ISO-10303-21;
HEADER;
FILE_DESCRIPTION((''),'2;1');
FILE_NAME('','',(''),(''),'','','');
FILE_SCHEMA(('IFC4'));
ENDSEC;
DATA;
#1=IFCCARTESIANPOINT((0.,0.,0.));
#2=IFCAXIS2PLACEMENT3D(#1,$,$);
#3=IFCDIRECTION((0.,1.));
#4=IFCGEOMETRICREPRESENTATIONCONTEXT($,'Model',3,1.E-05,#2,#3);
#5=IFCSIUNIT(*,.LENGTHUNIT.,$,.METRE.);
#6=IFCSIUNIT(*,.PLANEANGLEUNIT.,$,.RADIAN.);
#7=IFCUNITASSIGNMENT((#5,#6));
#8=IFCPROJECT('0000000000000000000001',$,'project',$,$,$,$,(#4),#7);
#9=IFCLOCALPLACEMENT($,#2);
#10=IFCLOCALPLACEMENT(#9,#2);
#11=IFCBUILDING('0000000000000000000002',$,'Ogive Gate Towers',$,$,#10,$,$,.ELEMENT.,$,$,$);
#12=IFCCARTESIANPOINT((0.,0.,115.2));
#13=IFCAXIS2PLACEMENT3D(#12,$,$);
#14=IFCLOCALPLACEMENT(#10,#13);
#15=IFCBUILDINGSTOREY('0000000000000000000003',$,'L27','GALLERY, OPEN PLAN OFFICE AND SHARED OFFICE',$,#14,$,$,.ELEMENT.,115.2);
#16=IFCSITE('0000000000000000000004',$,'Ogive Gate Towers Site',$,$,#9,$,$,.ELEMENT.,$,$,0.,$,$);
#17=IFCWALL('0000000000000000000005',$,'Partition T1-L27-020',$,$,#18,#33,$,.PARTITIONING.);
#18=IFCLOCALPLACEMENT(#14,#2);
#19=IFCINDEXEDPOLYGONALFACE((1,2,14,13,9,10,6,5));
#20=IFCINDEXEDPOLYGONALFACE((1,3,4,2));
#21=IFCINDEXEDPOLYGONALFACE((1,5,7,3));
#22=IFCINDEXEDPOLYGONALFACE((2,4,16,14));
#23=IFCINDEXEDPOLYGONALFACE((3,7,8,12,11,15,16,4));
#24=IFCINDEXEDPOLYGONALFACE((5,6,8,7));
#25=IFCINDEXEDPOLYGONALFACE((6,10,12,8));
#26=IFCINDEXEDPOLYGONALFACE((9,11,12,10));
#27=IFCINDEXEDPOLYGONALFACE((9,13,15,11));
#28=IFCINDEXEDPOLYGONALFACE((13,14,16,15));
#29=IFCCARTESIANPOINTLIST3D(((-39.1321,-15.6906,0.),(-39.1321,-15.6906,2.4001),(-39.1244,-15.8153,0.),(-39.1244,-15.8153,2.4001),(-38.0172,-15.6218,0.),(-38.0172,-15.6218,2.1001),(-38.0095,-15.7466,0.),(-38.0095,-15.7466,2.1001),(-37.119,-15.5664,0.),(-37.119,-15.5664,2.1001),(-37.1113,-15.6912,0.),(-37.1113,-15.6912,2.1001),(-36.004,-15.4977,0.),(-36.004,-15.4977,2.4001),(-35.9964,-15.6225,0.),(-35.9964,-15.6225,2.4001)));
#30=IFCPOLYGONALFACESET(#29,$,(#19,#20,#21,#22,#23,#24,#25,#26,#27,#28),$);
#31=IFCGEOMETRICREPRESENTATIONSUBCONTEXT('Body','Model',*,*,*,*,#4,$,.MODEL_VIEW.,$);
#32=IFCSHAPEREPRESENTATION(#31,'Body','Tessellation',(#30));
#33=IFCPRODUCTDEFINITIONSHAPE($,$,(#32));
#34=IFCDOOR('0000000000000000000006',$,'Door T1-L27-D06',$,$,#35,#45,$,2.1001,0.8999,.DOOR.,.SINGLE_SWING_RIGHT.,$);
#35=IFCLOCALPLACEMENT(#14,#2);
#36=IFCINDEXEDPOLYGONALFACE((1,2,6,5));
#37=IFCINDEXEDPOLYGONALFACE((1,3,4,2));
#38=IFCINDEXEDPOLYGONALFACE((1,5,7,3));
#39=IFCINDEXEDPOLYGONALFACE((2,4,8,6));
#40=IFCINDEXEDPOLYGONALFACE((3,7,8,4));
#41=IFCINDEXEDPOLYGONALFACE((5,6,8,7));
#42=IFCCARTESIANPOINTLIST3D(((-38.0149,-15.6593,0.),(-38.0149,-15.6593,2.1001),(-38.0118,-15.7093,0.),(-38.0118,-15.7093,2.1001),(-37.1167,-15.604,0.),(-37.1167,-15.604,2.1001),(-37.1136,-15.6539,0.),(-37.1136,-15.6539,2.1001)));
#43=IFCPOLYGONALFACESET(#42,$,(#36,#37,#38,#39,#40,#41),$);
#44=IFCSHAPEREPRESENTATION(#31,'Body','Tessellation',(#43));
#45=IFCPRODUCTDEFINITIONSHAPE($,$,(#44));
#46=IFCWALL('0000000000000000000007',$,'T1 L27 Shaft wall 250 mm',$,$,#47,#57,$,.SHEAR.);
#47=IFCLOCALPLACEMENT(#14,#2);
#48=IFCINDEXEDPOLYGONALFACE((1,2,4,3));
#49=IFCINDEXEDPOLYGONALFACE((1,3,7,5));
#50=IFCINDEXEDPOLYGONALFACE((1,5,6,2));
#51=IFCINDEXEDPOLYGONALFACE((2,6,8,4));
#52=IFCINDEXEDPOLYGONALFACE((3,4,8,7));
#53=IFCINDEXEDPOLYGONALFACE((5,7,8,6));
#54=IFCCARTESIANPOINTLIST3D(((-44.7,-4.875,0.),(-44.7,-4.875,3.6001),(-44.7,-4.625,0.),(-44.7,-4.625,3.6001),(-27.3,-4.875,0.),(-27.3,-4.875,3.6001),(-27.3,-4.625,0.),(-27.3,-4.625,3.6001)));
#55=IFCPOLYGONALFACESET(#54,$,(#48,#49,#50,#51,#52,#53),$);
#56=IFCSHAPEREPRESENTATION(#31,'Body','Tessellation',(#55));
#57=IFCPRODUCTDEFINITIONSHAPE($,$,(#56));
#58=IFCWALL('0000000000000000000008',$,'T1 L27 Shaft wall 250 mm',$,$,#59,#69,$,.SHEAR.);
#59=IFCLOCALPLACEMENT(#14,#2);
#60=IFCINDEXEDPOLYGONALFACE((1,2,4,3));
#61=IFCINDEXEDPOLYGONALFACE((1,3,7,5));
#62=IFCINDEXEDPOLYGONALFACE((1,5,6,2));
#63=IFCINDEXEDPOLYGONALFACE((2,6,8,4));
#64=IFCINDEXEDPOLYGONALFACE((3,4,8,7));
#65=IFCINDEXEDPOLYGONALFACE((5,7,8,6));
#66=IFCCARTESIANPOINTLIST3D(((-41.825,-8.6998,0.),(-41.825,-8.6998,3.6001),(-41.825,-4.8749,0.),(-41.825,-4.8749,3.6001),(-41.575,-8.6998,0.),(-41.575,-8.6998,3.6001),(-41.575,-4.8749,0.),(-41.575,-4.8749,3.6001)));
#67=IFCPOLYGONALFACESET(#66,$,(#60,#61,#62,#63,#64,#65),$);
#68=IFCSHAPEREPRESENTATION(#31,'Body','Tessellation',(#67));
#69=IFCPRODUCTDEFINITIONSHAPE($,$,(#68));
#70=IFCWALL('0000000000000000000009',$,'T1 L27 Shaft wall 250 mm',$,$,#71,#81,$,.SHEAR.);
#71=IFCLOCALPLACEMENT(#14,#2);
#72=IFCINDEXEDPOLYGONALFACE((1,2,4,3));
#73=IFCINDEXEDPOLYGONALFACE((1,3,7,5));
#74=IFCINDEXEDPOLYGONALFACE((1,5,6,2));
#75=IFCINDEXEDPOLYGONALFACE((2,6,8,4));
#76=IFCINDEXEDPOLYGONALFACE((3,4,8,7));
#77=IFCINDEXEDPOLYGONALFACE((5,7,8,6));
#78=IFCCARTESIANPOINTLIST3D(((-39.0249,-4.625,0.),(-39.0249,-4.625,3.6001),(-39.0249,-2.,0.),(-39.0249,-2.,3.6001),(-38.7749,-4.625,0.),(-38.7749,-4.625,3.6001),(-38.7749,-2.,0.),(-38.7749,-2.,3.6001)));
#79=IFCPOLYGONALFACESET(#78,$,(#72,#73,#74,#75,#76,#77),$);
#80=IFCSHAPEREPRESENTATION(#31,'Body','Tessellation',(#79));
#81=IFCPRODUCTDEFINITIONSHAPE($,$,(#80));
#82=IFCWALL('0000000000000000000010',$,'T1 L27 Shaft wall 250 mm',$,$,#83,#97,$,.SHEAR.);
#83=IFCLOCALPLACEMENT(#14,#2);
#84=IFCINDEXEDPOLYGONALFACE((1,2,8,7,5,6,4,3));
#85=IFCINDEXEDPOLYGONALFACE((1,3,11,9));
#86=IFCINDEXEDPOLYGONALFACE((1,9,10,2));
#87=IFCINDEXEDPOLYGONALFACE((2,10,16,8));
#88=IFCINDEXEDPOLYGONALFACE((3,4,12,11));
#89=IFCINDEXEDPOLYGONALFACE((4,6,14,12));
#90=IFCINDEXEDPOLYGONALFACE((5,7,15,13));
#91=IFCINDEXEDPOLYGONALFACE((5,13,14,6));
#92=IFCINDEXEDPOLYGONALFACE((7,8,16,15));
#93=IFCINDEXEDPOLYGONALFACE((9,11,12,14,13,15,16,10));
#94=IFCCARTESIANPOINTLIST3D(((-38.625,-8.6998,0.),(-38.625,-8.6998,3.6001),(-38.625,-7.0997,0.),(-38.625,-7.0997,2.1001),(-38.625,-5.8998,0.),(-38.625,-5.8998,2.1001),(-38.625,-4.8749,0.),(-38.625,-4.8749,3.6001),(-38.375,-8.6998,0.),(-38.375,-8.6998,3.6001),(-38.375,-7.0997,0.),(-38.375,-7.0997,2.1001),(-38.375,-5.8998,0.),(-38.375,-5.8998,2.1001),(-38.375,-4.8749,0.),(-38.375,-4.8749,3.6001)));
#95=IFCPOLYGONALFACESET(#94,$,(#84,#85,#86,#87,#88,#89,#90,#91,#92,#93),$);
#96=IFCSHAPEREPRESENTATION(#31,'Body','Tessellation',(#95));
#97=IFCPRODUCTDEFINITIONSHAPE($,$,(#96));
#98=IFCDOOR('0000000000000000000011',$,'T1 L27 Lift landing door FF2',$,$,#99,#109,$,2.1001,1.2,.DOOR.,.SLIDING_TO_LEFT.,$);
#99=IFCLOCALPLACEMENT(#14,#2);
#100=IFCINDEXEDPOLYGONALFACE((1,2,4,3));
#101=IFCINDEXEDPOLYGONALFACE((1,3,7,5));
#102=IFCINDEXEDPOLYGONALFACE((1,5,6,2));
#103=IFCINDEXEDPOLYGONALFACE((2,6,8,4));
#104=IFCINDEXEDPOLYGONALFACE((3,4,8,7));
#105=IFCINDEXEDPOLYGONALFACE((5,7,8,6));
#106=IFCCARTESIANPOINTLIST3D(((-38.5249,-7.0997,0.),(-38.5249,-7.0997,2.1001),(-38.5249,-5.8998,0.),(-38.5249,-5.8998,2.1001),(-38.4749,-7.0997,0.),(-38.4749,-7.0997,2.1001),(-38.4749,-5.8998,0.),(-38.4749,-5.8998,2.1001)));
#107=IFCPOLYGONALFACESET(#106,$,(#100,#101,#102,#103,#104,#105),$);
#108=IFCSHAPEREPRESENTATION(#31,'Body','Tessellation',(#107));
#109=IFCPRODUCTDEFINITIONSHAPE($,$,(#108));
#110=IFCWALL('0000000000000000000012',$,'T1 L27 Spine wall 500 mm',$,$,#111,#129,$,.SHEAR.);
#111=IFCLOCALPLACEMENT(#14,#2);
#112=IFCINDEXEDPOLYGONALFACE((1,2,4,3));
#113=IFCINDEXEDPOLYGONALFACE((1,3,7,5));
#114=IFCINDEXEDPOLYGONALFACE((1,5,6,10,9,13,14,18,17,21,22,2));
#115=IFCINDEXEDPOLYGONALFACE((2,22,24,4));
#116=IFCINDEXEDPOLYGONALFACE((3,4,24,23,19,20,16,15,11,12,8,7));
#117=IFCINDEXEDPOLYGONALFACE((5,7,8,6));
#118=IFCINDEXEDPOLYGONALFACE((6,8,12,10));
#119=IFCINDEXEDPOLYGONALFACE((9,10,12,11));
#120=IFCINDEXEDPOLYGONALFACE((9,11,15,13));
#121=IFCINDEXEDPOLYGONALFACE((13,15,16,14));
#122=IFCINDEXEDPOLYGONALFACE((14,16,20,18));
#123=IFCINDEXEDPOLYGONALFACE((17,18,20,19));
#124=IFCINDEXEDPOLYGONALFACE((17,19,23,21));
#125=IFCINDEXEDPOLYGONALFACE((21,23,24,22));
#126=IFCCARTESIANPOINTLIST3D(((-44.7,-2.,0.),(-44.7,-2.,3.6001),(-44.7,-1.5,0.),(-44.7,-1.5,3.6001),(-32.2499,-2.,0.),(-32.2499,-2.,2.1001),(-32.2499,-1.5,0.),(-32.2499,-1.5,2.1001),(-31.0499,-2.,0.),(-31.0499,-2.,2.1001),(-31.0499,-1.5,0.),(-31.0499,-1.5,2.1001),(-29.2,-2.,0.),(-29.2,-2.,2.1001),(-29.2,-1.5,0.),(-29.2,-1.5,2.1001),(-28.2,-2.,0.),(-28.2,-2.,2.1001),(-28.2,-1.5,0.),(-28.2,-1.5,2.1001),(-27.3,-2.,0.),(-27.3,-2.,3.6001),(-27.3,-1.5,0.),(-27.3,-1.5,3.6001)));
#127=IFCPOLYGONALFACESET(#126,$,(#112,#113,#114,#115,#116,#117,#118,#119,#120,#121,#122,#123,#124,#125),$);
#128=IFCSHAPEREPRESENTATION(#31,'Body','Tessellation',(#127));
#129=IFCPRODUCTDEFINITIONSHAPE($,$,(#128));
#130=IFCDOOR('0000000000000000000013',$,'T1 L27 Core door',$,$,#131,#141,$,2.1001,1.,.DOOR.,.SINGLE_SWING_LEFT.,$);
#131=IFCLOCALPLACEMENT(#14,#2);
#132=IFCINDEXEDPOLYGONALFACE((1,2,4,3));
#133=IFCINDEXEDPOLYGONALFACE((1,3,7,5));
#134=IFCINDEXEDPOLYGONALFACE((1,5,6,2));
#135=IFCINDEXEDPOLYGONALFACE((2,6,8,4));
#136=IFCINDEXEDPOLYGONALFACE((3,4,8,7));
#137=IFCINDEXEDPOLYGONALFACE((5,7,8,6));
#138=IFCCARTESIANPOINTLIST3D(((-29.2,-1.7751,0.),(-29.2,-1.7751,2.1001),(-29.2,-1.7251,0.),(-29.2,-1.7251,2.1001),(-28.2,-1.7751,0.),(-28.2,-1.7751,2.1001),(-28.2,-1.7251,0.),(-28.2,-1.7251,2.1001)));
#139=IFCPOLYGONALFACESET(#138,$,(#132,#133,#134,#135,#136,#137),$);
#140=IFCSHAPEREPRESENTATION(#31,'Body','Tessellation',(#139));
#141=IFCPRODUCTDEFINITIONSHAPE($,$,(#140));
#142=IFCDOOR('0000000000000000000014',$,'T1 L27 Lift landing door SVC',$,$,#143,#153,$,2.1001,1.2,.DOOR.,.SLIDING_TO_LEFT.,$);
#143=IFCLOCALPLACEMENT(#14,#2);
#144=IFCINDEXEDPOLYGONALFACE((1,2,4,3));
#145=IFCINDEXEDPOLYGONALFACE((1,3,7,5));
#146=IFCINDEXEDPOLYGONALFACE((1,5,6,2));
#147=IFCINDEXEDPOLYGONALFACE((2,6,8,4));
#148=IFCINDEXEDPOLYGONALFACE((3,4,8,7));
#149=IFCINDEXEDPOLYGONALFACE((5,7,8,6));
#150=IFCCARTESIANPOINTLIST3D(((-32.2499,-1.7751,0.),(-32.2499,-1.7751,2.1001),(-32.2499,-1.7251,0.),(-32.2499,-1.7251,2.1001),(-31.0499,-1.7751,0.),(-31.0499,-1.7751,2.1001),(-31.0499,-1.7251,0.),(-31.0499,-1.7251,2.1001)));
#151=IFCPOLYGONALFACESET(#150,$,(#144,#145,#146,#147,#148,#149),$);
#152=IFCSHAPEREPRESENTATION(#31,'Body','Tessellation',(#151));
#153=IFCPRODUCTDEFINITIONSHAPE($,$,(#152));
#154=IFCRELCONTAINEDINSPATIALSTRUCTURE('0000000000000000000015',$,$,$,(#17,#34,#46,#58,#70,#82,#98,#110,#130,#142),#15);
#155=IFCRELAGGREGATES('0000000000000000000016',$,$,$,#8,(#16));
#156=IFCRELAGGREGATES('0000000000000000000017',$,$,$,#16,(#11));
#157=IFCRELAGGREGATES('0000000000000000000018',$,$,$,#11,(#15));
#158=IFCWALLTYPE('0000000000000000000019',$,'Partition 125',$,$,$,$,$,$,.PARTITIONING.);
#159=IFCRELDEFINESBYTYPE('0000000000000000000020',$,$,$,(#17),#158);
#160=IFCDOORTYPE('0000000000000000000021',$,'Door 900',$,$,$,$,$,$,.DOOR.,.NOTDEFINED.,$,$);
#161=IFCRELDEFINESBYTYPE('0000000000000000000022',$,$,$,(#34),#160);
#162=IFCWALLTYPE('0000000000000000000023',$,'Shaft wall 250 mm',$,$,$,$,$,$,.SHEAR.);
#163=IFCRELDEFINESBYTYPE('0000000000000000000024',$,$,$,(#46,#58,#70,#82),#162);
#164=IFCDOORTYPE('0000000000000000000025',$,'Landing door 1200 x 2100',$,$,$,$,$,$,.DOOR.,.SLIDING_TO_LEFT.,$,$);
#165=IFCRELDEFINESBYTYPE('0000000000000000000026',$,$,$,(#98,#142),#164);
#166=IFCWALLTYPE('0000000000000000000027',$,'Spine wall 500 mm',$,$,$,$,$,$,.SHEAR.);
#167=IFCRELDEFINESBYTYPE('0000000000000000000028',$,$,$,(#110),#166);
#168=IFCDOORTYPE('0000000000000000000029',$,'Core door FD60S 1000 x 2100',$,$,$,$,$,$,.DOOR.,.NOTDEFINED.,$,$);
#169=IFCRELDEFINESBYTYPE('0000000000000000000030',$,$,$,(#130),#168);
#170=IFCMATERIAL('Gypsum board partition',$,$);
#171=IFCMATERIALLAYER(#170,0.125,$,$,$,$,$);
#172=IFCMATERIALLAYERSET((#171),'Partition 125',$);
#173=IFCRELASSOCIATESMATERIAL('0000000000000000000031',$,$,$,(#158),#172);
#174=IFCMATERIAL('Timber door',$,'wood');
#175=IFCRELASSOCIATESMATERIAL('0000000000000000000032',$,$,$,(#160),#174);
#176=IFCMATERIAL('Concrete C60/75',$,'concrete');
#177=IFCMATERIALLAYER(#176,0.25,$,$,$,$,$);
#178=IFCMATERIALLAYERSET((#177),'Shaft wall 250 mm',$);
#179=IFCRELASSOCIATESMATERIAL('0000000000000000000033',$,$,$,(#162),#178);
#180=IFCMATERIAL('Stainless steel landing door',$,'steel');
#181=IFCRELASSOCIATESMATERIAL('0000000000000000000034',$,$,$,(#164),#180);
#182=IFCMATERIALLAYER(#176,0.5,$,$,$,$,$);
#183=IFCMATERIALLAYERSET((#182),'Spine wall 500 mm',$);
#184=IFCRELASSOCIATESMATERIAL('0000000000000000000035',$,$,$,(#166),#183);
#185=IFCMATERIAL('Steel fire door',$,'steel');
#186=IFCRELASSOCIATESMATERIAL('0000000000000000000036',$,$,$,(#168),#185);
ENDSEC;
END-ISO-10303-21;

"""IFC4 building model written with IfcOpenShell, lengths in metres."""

from ifc_helpers import new_model, si_unit, direction, frame, frame_2d, origin, place, context, subcontext, project, spatial, rectangle, extrude, material, layer, layer_set, type_object, element, fill, save


model = new_model("IFC4")

# Units and contexts
model_context = context("Model", 3, precision=1e-05, world=origin(), true_north=direction((0.0, 1.0)))
body_context = subcontext(model_context, "Body", "Model", "MODEL_VIEW")
ifc_project = project(units=[si_unit("LENGTHUNIT", "METRE"), si_unit("PLANEANGLEUNIT", "RADIAN")], contexts=[model_context])

# Site, building, storey
site_placement = place(None, origin())
site = spatial("IfcSite", under=ifc_project, at=site_placement, Name="Ogive Gate Towers Site", CompositionType="ELEMENT", RefElevation=0.0)
building_placement = place(site_placement, origin())
building = spatial("IfcBuilding", under=site, at=building_placement, Name="Ogive Gate Towers", CompositionType="ELEMENT")
storey_placement = place(building_placement, frame((0.0, 0.0, 115.2)))
storey = spatial("IfcBuildingStorey", under=building, at=storey_placement, Name="L27", Description="GALLERY, OPEN PLAN OFFICE AND SHARED OFFICE", CompositionType="ELEMENT", Elevation=115.2)

# Shared definitions
ifc_material_1 = material(Name="Timber door", Category="wood")

# Shared definitions
ifc_material_2 = material(Name="Concrete C60/75", Category="concrete")
ifc_material_3 = material(Name="Steel fire door", Category="steel")

# Wall, opening, door
ifc_material_4 = material(Name="Gypsum board partition")
ifc_layer_1 = layer(ifc_material_4, 0.125)
ifc_layer_set_1 = layer_set([ifc_layer_1], Name="Partition 125")
wall_type_1 = type_object("IfcWallType", Name="Partition 125", PredefinedType="PARTITIONING", material=ifc_layer_set_1)
wall_1_placement = place(storey_placement, frame((-39.1282, -15.7529, 0.0), z_axis=(0.0, 0.0, 1.0), x_axis=(0.998105, 0.061539, 0.0)))
wall_1 = element("IfcWall", 1, at=wall_1_placement, inside=storey, type_object=wall_type_1, Name="Partition T1-L27-020", PredefinedType="PARTITIONING", context=body_context, shape_type="SweptSolid", body=[
    extrude(rectangle(XDim=3.134, YDim=0.125, at=frame_2d((1.5669, 0.0))), origin(), (0.0, 0.0, 1.0), 2.4001),
])
opening_1_placement = place(wall_1_placement, frame((1.1169, 0.0, 0.0)))
opening_1 = element("IfcOpeningElement", 2, at=opening_1_placement, cuts=wall_1, PredefinedType="OPENING", context=body_context, shape_type="SweptSolid", body=[
    extrude(rectangle(XDim=0.8999, YDim=2.1001, at=frame_2d((0.45, 1.05))), frame((0.0, 0.0725, 0.0), z_axis=(0.0, -1.0, 0.0), x_axis=(1.0, 0.0, 0.0)), (0.0, 0.0, 1.0), 0.145),
])
door_type_1 = type_object("IfcDoorType", Name="Door 900", OperationType="NOTDEFINED", PredefinedType="DOOR", material=ifc_material_1)
door_1_placement = place(opening_1_placement, origin())
door_1 = element("IfcDoor", 3, at=door_1_placement, inside=storey, type_object=door_type_1, Name="Door T1-L27-D06", OperationType="SINGLE_SWING_RIGHT", OverallHeight=2.1001, OverallWidth=0.8999, PredefinedType="DOOR", context=body_context, shape_type="SweptSolid", body=[
    extrude(rectangle(XDim=0.8999, YDim=2.1001, at=frame_2d((0.45, 1.05))), frame((0.0, 0.0249, 0.0), z_axis=(0.0, -1.0, 0.0), x_axis=(1.0, 0.0, 0.0)), (0.0, 0.0, 1.0), 0.05),
])
fill(opening_1, door_1)

# Walls
ifc_layer_2 = layer(ifc_material_2, 0.25)
ifc_layer_set_2 = layer_set([ifc_layer_2], Name="Shaft wall 250 mm")
wall_type_2 = type_object("IfcWallType", Name="Shaft wall 250 mm", PredefinedType="SHEAR", material=ifc_layer_set_2)
wall_2_placement = place(storey_placement, frame((-44.7, -4.75, 0.0), z_axis=(0.0, 0.0, 1.0), x_axis=(1.0, 0.0, 0.0)))
element("IfcWall", 4, at=wall_2_placement, inside=storey, type_object=wall_type_2, Name="T1 L27 Shaft wall 250 mm", PredefinedType="SHEAR", context=body_context, shape_type="SweptSolid", body=[
    extrude(rectangle(XDim=17.3999, YDim=0.25, at=frame_2d((8.7, 0.0))), origin(), (0.0, 0.0, 1.0), 3.6001),
])
wall_3_placement = place(storey_placement, frame((-41.7, -8.7, 0.0), z_axis=(0.0, 0.0, 1.0), x_axis=(0.0, 1.0, 0.0)))
element("IfcWall", 5, at=wall_3_placement, inside=storey, type_object=wall_type_2, Name="T1 L27 Shaft wall 250 mm", PredefinedType="SHEAR", context=body_context, shape_type="SweptSolid", body=[
    extrude(rectangle(XDim=3.825, YDim=0.25, at=frame_2d((1.9126, 0.0))), origin(), (0.0, 0.0, 1.0), 3.6001),
])
wall_4_placement = place(storey_placement, frame((-38.8999, -4.625, 0.0), z_axis=(0.0, 0.0, 1.0), x_axis=(0.0, 1.0, 0.0)))
element("IfcWall", 6, at=wall_4_placement, inside=storey, type_object=wall_type_2, Name="T1 L27 Shaft wall 250 mm", PredefinedType="SHEAR", context=body_context, shape_type="SweptSolid", body=[
    extrude(rectangle(XDim=2.625, YDim=0.25, at=frame_2d((1.3125, 0.0))), origin(), (0.0, 0.0, 1.0), 3.6001),
])

# Wall, opening, door
wall_5_placement = place(storey_placement, frame((-38.5, -8.7, 0.0), z_axis=(0.0, 0.0, 1.0), x_axis=(0.0, 1.0, 0.0)))
wall_5 = element("IfcWall", 7, at=wall_5_placement, inside=storey, type_object=wall_type_2, Name="T1 L27 Shaft wall 250 mm", PredefinedType="SHEAR", context=body_context, shape_type="SweptSolid", body=[
    extrude(rectangle(XDim=3.825, YDim=0.25, at=frame_2d((1.9126, 0.0))), origin(), (0.0, 0.0, 1.0), 3.6001),
])
opening_2_placement = place(wall_5_placement, frame((1.6001, 0.0, 0.0)))
opening_2 = element("IfcOpeningElement", 8, at=opening_2_placement, cuts=wall_5, PredefinedType="OPENING", context=body_context, shape_type="SweptSolid", body=[
    extrude(rectangle(XDim=1.2, YDim=2.1001, at=frame_2d((0.6001, 1.05))), frame((0.0, 0.135, 0.0), z_axis=(0.0, -1.0, 0.0), x_axis=(1.0, 0.0, 0.0)), (0.0, 0.0, 1.0), 0.27),
])
ifc_material_5 = material(Name="Stainless steel landing door", Category="steel")
door_type_2 = type_object("IfcDoorType", Name="Landing door 1200 x 2100", OperationType="SLIDING_TO_LEFT", PredefinedType="DOOR", material=ifc_material_5)
door_2_placement = place(opening_2_placement, origin())
door_2 = element("IfcDoor", 9, at=door_2_placement, inside=storey, type_object=door_type_2, Name="T1 L27 Lift landing door FF2", OperationType="SLIDING_TO_LEFT", OverallHeight=2.1001, OverallWidth=1.2, PredefinedType="DOOR", context=body_context, shape_type="SweptSolid", body=[
    extrude(rectangle(XDim=1.2, YDim=2.1001, at=frame_2d((0.6001, 1.05))), frame((0.0, 0.0249, 0.0), z_axis=(0.0, -1.0, 0.0), x_axis=(1.0, 0.0, 0.0)), (0.0, 0.0, 1.0), 0.05),
])
fill(opening_2, door_2)

# Wall, openings, doors
ifc_layer_3 = layer(ifc_material_2, 0.5)
ifc_layer_set_3 = layer_set([ifc_layer_3], Name="Spine wall 500 mm")
wall_type_3 = type_object("IfcWallType", Name="Spine wall 500 mm", PredefinedType="SHEAR", material=ifc_layer_set_3)
wall_6_placement = place(storey_placement, frame((-44.7, -1.75, 0.0), z_axis=(0.0, 0.0, 1.0), x_axis=(1.0, 0.0, 0.0)))
wall_6 = element("IfcWall", 10, at=wall_6_placement, inside=storey, type_object=wall_type_3, Name="T1 L27 Spine wall 500 mm", PredefinedType="SHEAR", context=body_context, shape_type="SweptSolid", body=[
    extrude(rectangle(XDim=17.3999, YDim=0.5, at=frame_2d((8.7, 0.0))), origin(), (0.0, 0.0, 1.0), 3.6001),
])
opening_3_placement = place(wall_6_placement, frame((12.45, 0.0, 0.0)))
opening_3 = element("IfcOpeningElement", 11, at=opening_3_placement, cuts=wall_6, PredefinedType="OPENING", context=body_context, shape_type="SweptSolid", body=[
    extrude(rectangle(XDim=1.2, YDim=2.1001, at=frame_2d((0.6001, 1.05))), frame((0.0, 0.26, 0.0), z_axis=(0.0, -1.0, 0.0), x_axis=(1.0, 0.0, 0.0)), (0.0, 0.0, 1.0), 0.52),
])
opening_4_placement = place(wall_6_placement, frame((15.5, 0.0, 0.0)))
opening_4 = element("IfcOpeningElement", 12, at=opening_4_placement, cuts=wall_6, PredefinedType="OPENING", context=body_context, shape_type="SweptSolid", body=[
    extrude(rectangle(XDim=1.0, YDim=2.1001, at=frame_2d((0.5, 1.05))), frame((0.0, 0.26, 0.0), z_axis=(0.0, -1.0, 0.0), x_axis=(1.0, 0.0, 0.0)), (0.0, 0.0, 1.0), 0.52),
])
door_type_3 = type_object("IfcDoorType", Name="Core door FD60S 1000 x 2100", OperationType="NOTDEFINED", PredefinedType="DOOR", material=ifc_material_3)
door_3_placement = place(opening_4_placement, origin())
door_3 = element("IfcDoor", 13, at=door_3_placement, inside=storey, type_object=door_type_3, Name="T1 L27 Core door", OperationType="SINGLE_SWING_LEFT", OverallHeight=2.1001, OverallWidth=1.0, PredefinedType="DOOR", context=body_context, shape_type="SweptSolid", body=[
    extrude(rectangle(XDim=1.0, YDim=2.1001, at=frame_2d((0.5, 1.05))), frame((0.0, 0.0249, 0.0), z_axis=(0.0, -1.0, 0.0), x_axis=(1.0, 0.0, 0.0)), (0.0, 0.0, 1.0), 0.05),
])
fill(opening_4, door_3)
door_4_placement = place(opening_3_placement, origin())
door_4 = element("IfcDoor", 14, at=door_4_placement, inside=storey, type_object=door_type_2, Name="T1 L27 Lift landing door SVC", OperationType="SLIDING_TO_LEFT", OverallHeight=2.1001, OverallWidth=1.2, PredefinedType="DOOR", context=body_context, shape_type="SweptSolid", body=[
    extrude(rectangle(XDim=1.2, YDim=2.1001, at=frame_2d((0.6001, 1.05))), frame((0.0, 0.0249, 0.0), z_axis=(0.0, -1.0, 0.0), x_axis=(1.0, 0.0, 0.0)), (0.0, 0.0, 1.0), 0.05),
])
fill(opening_3, door_4)

save(model, "model.ifc")
